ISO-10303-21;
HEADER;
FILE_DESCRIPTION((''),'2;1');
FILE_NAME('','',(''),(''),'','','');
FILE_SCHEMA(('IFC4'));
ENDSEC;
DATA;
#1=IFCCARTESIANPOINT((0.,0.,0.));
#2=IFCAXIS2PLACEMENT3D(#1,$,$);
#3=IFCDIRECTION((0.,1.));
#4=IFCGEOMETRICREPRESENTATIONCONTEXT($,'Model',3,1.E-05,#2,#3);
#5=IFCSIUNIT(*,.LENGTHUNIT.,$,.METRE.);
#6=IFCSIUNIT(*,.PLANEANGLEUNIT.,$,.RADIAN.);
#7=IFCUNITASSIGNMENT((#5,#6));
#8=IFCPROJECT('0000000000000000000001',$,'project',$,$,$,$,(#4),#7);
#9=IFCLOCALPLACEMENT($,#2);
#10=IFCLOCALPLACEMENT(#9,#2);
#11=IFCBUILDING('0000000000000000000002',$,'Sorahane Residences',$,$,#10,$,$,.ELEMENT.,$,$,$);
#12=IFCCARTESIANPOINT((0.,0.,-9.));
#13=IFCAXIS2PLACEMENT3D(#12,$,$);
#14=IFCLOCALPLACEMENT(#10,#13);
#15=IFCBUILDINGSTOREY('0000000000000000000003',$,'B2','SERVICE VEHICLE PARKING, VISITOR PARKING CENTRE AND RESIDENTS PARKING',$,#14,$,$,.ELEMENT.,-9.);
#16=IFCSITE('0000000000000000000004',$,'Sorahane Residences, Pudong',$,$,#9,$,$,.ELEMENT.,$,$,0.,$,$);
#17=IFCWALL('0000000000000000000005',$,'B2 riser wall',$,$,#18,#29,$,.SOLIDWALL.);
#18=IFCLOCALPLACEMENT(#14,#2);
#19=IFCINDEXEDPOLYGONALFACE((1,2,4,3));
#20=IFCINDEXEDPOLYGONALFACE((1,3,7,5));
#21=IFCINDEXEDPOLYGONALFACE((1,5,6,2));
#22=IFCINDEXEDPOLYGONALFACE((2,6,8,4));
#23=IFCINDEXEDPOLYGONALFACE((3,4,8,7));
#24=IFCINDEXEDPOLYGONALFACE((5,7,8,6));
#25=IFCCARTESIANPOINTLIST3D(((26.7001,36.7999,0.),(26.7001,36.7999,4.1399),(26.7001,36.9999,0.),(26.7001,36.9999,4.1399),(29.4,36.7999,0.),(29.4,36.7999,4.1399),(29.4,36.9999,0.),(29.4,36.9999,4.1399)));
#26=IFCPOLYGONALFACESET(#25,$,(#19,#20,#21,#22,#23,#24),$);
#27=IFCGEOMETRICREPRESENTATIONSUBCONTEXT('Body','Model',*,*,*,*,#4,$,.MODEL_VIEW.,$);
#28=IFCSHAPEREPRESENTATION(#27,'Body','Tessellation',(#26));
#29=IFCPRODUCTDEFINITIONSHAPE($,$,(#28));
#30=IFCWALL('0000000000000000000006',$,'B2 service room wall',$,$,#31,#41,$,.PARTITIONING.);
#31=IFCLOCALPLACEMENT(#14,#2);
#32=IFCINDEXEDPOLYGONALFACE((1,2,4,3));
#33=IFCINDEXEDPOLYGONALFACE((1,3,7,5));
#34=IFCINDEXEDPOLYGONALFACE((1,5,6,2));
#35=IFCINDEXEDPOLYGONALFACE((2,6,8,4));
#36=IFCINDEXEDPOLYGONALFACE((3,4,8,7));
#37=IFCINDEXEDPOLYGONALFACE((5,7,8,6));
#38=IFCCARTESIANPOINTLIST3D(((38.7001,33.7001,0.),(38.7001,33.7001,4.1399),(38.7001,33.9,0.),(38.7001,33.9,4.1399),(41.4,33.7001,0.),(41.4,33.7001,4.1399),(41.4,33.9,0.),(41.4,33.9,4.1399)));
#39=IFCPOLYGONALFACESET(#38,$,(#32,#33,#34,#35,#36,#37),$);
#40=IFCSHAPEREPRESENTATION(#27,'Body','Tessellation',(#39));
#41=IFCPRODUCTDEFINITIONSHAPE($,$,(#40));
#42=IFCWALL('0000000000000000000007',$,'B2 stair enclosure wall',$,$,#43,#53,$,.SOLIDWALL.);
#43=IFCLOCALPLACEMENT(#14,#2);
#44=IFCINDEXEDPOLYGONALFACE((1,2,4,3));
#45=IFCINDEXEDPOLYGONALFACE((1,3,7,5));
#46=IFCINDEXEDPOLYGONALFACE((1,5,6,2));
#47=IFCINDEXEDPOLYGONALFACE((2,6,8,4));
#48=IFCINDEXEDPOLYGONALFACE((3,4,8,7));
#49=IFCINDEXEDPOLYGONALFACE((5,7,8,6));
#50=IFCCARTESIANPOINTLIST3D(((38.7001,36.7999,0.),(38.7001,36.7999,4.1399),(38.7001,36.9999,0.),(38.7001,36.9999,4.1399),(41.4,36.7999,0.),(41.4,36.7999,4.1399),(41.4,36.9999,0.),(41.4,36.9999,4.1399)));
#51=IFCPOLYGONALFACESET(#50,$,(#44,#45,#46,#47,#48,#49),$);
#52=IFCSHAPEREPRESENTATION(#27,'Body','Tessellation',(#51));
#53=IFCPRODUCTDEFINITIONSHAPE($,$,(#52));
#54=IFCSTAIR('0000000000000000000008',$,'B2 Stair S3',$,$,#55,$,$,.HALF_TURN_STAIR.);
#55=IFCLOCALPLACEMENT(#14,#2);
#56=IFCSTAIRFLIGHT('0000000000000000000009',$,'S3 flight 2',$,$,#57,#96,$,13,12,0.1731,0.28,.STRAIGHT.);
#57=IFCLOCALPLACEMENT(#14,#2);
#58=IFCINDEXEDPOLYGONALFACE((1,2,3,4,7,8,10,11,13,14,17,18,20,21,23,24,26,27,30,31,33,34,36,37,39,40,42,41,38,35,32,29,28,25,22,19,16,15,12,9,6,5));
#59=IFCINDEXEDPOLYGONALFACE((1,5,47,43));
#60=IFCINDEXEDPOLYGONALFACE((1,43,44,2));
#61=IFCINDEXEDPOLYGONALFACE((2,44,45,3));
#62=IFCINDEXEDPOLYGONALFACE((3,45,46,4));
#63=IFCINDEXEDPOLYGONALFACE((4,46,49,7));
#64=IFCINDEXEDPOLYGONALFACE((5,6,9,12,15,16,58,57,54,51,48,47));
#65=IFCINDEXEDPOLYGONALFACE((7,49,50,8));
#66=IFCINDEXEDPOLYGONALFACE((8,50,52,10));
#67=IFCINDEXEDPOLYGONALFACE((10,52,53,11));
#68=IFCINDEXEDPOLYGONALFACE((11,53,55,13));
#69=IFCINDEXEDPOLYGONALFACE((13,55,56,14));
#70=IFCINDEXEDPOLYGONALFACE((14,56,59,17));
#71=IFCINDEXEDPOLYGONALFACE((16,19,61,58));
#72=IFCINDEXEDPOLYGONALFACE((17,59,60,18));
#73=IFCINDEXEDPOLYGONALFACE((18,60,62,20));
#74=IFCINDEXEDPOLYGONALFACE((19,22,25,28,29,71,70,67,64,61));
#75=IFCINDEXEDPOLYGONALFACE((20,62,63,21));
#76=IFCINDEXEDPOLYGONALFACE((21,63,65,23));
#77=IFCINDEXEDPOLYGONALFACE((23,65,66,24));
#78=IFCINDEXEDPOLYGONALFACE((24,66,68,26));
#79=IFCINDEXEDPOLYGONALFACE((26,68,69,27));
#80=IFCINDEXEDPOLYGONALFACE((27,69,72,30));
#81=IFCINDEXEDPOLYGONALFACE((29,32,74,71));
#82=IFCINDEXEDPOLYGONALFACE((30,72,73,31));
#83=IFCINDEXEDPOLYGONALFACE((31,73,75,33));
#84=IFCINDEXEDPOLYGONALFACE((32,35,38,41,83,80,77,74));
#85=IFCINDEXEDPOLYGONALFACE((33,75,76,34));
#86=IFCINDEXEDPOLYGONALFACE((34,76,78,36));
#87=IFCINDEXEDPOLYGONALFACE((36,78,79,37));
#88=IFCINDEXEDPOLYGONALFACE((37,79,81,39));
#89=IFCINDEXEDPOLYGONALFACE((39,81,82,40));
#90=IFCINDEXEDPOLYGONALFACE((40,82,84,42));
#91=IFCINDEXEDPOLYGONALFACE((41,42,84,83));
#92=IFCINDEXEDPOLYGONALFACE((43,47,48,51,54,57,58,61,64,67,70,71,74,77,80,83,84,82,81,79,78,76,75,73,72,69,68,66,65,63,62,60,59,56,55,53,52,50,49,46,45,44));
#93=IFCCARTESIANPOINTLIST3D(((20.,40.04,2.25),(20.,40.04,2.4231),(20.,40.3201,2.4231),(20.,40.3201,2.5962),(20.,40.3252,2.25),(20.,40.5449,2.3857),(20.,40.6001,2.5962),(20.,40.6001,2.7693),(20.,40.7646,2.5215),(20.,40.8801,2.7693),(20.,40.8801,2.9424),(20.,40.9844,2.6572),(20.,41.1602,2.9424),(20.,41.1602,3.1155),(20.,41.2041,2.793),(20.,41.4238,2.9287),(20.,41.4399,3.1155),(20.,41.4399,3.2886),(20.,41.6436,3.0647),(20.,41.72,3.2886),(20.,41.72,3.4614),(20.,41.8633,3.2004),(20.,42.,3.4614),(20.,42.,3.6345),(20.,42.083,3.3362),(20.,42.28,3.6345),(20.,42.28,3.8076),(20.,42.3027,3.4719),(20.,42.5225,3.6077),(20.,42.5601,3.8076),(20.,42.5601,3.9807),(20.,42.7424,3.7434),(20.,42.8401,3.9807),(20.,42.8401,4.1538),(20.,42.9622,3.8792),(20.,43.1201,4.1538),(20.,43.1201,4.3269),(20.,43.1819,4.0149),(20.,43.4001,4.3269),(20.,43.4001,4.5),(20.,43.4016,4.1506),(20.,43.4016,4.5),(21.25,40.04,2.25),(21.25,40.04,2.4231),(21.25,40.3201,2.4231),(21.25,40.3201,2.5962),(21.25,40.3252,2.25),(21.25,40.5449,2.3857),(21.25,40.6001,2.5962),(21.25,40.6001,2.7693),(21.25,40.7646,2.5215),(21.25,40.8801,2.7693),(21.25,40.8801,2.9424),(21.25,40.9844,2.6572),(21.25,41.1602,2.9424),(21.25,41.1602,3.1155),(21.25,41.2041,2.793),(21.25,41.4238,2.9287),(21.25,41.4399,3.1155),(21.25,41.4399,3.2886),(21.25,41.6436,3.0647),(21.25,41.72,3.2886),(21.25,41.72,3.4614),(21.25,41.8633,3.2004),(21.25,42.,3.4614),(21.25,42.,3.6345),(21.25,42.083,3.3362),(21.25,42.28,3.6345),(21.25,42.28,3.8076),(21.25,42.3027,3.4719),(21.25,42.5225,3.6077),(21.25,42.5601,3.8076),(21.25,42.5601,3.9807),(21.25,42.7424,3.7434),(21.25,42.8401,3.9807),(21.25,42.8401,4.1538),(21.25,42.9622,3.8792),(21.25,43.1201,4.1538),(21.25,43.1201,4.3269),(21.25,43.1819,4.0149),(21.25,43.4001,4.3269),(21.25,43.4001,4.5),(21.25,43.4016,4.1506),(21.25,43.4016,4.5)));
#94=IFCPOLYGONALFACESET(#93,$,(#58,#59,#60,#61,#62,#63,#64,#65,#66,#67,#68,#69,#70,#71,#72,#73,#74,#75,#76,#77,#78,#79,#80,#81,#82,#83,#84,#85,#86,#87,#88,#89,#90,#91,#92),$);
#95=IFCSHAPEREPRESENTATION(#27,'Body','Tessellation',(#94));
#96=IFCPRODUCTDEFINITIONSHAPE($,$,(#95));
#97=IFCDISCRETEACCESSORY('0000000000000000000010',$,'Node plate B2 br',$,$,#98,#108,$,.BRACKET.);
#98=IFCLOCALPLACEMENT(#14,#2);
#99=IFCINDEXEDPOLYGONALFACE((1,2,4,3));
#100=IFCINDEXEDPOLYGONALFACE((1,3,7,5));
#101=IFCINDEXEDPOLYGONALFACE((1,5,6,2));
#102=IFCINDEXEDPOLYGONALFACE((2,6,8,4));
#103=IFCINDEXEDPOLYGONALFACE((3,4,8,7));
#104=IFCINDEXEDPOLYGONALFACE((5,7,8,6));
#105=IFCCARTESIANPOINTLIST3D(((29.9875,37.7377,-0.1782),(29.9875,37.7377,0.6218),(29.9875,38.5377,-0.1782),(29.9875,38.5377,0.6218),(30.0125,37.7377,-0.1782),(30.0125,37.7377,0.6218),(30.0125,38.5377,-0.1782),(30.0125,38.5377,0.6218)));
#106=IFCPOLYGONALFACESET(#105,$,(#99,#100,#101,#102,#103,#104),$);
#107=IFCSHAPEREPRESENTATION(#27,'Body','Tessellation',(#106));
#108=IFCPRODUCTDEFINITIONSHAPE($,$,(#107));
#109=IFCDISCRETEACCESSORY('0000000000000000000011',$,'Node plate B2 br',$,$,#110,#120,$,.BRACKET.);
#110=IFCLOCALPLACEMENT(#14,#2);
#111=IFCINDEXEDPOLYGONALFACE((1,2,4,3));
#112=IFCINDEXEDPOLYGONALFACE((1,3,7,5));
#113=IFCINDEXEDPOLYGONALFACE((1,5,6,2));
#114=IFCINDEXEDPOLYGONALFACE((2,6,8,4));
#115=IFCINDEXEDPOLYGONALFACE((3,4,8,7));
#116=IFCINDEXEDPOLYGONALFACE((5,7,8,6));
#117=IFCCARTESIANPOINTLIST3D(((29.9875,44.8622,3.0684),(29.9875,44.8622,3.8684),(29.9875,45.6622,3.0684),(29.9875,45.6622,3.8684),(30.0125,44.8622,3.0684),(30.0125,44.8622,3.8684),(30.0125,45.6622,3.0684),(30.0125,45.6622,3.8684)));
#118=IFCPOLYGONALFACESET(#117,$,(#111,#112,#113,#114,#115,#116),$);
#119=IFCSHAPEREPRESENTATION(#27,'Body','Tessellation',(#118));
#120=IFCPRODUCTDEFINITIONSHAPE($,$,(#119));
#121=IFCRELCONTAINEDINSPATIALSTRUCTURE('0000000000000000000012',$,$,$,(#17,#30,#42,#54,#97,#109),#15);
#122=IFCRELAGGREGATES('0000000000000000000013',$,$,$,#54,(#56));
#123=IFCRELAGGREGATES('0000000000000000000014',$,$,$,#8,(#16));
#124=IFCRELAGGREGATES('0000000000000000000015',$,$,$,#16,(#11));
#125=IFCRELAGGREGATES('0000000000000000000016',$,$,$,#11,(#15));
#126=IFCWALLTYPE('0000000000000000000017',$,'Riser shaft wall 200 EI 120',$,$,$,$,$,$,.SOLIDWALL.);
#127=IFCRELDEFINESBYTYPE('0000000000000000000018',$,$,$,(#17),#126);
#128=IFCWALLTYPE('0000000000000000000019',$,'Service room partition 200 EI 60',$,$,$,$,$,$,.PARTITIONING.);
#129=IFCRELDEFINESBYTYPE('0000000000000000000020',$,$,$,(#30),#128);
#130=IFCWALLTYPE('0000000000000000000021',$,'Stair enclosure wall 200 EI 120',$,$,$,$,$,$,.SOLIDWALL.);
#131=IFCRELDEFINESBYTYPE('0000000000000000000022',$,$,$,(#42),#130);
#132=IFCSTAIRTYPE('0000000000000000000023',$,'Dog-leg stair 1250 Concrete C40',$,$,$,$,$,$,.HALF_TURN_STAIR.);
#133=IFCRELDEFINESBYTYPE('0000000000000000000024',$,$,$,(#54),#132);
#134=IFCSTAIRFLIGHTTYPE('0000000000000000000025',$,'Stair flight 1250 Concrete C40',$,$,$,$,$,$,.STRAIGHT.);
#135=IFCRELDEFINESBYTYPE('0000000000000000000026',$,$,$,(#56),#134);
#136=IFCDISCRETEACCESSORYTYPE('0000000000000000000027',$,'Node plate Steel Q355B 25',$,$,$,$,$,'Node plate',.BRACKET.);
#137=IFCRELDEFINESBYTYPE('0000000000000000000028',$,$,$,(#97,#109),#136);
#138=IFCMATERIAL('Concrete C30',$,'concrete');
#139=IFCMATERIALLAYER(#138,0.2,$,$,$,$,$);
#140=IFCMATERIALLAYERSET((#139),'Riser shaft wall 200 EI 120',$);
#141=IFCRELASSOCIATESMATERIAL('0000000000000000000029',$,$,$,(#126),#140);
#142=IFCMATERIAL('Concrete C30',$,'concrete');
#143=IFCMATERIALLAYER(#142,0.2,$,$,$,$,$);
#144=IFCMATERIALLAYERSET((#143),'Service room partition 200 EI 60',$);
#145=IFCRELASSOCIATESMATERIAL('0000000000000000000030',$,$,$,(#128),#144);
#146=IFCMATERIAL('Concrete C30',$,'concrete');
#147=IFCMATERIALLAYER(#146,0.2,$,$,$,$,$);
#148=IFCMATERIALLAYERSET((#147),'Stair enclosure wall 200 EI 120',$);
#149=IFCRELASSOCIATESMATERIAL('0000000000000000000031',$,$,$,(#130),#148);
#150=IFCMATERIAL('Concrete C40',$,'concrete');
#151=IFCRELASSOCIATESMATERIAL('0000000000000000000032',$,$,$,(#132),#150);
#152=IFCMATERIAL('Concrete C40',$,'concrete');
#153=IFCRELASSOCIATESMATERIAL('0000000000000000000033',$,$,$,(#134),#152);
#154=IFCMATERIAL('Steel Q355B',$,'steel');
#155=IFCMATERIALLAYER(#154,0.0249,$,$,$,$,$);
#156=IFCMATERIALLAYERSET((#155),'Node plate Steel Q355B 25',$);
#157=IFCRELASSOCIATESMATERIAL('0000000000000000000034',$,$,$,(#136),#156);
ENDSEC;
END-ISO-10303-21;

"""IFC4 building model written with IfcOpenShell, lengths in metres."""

from ifc_helpers import new_model, si_unit, direction, frame, frame_2d, origin, origin_2d, place, context, subcontext, project, spatial, polyline, rectangle, outline, extrude, material, layer, layer_set, type_object, element, aggregate, save


model = new_model("IFC4")

# Units and contexts
model_context = context("Model", 3, precision=1e-05, world=origin(), true_north=direction((0.0, 1.0)))
body_context = subcontext(model_context, "Body", "Model", "MODEL_VIEW")
ifc_project = project(units=[si_unit("LENGTHUNIT", "METRE"), si_unit("PLANEANGLEUNIT", "RADIAN")], contexts=[model_context])

# Site, building, storey
site_placement = place(None, origin())
site = spatial("IfcSite", under=ifc_project, at=site_placement, Name="Sorahane Residences, Pudong", CompositionType="ELEMENT", RefElevation=0.0)
building_placement = place(site_placement, origin())
building = spatial("IfcBuilding", under=site, at=building_placement, Name="Sorahane Residences", CompositionType="ELEMENT")
storey_placement = place(building_placement, frame((0.0, 0.0, -9.0)))
storey = spatial("IfcBuildingStorey", under=building, at=storey_placement, Name="B2", Description="SERVICE VEHICLE PARKING, VISITOR PARKING CENTRE AND RESIDENTS PARKING", CompositionType="ELEMENT", Elevation=-9.0)

# Walls
ifc_material_1 = material(Name="Concrete C30", Category="concrete")
ifc_layer_1 = layer(ifc_material_1, 0.2)
ifc_layer_set_1 = layer_set([ifc_layer_1], Name="Riser shaft wall 200 EI 120")
wall_type_1 = type_object("IfcWallType", Name="Riser shaft wall 200 EI 120", PredefinedType="SOLIDWALL", material=ifc_layer_set_1)
for number, where, z_axis, x_axis, name in (
    (1, (26.7, 36.8999, 0.0), (0.0, 0.0, 1.0), (1.0, 0.0, 0.0), "B2 riser wall"),
):
    element("IfcWall", number, at=place(storey_placement, frame(where, z_axis=z_axis, x_axis=x_axis)), inside=storey, type_object=wall_type_1, Name=name, PredefinedType="SOLIDWALL", context=body_context, shape_type="SweptSolid", body=[
        extrude(rectangle(XDim=2.7, YDim=0.2, at=frame_2d((1.3501, 0.0))), origin(), (0.0, 0.0, 1.0), 4.1399),
    ])
ifc_material_2 = material(Name="Concrete C30", Category="concrete")
ifc_layer_2 = layer(ifc_material_2, 0.2)
ifc_layer_set_2 = layer_set([ifc_layer_2], Name="Service room partition 200 EI 60")
wall_type_2 = type_object("IfcWallType", Name="Service room partition 200 EI 60", PredefinedType="PARTITIONING", material=ifc_layer_set_2)
wall_1_placement = place(storey_placement, frame((38.7, 33.8, 0.0), z_axis=(0.0, 0.0, 1.0), x_axis=(1.0, 0.0, 0.0)))
element("IfcWall", 2, at=wall_1_placement, inside=storey, type_object=wall_type_2, Name="B2 service room wall", PredefinedType="PARTITIONING", context=body_context, shape_type="SweptSolid", body=[
    extrude(rectangle(XDim=2.7, YDim=0.2, at=frame_2d((1.3501, 0.0))), origin(), (0.0, 0.0, 1.0), 4.1399),
])
ifc_material_3 = material(Name="Concrete C30", Category="concrete")
ifc_layer_3 = layer(ifc_material_3, 0.2)
ifc_layer_set_3 = layer_set([ifc_layer_3], Name="Stair enclosure wall 200 EI 120")
wall_type_3 = type_object("IfcWallType", Name="Stair enclosure wall 200 EI 120", PredefinedType="SOLIDWALL", material=ifc_layer_set_3)
wall_2_placement = place(storey_placement, frame((38.7, 36.8999, 0.0), z_axis=(0.0, 0.0, 1.0), x_axis=(1.0, 0.0, 0.0)))
element("IfcWall", 3, at=wall_2_placement, inside=storey, type_object=wall_type_3, Name="B2 stair enclosure wall", PredefinedType="SOLIDWALL", context=body_context, shape_type="SweptSolid", body=[
    extrude(rectangle(XDim=2.7, YDim=0.2, at=frame_2d((1.3501, 0.0))), origin(), (0.0, 0.0, 1.0), 4.1399),
])

# Stair, stair flight
ifc_material_4 = material(Name="Concrete C40", Category="concrete")
stair_type = type_object("IfcStairType", Name="Dog-leg stair 1250 Concrete C40", PredefinedType="HALF_TURN_STAIR", material=ifc_material_4)
stair_placement = place(storey_placement, origin())
stair = element("IfcStair", 4, at=stair_placement, inside=storey, type_object=stair_type, Name="B2 Stair S3", PredefinedType="HALF_TURN_STAIR")
ifc_material_5 = material(Name="Concrete C40", Category="concrete")
stair_flight_type = type_object("IfcStairFlightType", Name="Stair flight 1250 Concrete C40", PredefinedType="STRAIGHT", material=ifc_material_5)
stair_flight_placement = place(storey_placement, frame((20.625, 40.04, 2.25), z_axis=(0.0, 0.0, 1.0), x_axis=(0.0, 1.0, 0.0)))
stair_flight = element("IfcStairFlight", 5, at=stair_flight_placement, type_object=stair_flight_type, Name="S3 flight 2", NumberOfRisers=13, NumberOfTreads=12, PredefinedType="STRAIGHT", RiserHeight=0.1731, TreadLength=0.28, context=body_context, shape_type="SweptSolid", body=[
    extrude(outline(polyline([(0.0, 0.0), (0.0, 0.1731), (0.28, 0.1731), (0.28, 0.3462), (0.5601, 0.3462), (0.5601, 0.5193), (0.8401, 0.5193), (0.8401, 0.6924), (1.1201, 0.6924), (1.1201, 0.8655), (1.3999, 0.8655), (1.3999, 1.0386), (1.6799, 1.0386), (1.6799, 1.2114), (1.96, 1.2114), (1.96, 1.3845), (2.24, 1.3845), (2.24, 1.5576), (2.52, 1.5576), (2.52, 1.7307), (2.8, 1.7307), (2.8, 1.9038), (3.0801, 1.9038), (3.0801, 2.0769), (3.3601, 2.0769), (3.3601, 2.25), (3.3616, 2.25), (3.3616, 1.9006), (3.1418, 1.7649), (2.9221, 1.6292), (2.7024, 1.4934), (2.4824, 1.3577), (2.2627, 1.2219), (2.043, 1.0862), (1.8232, 0.9504), (1.6035, 0.8147), (1.3838, 0.6787), (1.1641, 0.543), (0.9443, 0.4072), (0.7246, 0.2715), (0.5049, 0.1357), (0.2852, 0.0), (0.0, 0.0)])), frame((0.0, 0.625, 0.0), z_axis=(0.0, -1.0, 0.0), x_axis=(1.0, 0.0, 0.0)), (0.0, 0.0, 1.0), 1.25),
])
aggregate(stair, [stair_flight])

# Discrete accessories
ifc_material_6 = material(Name="Steel Q355B", Category="steel")
ifc_layer_4 = layer(ifc_material_6, 0.0249)
ifc_layer_set_4 = layer_set([ifc_layer_4], Name="Node plate Steel Q355B 25")
discrete_accessory_type = type_object("IfcDiscreteAccessoryType", Name="Node plate Steel Q355B 25", ElementType="Node plate", PredefinedType="BRACKET", material=ifc_layer_set_4)
for number, where, z_axis, x_axis, name in (
    (6, (30.0, 38.1377, -0.1782), (0.0, 0.0, 1.0), (0.0, 1.0, 0.0), "Node plate B2 br"),
    (7, (30.0, 45.2622, 3.0684), (0.0, 0.0, 1.0), (0.0, 1.0, 0.0), "Node plate B2 br"),
):
    element("IfcDiscreteAccessory", number, at=place(storey_placement, frame(where, z_axis=z_axis, x_axis=x_axis)), inside=storey, type_object=discrete_accessory_type, Name=name, PredefinedType="BRACKET", context=body_context, shape_type="SweptSolid", body=[
        extrude(rectangle(XDim=0.8, YDim=0.0249, at=origin_2d()), origin(), (0.0, 0.0, 1.0), 0.8),
    ])

save(model, "model.ifc")
